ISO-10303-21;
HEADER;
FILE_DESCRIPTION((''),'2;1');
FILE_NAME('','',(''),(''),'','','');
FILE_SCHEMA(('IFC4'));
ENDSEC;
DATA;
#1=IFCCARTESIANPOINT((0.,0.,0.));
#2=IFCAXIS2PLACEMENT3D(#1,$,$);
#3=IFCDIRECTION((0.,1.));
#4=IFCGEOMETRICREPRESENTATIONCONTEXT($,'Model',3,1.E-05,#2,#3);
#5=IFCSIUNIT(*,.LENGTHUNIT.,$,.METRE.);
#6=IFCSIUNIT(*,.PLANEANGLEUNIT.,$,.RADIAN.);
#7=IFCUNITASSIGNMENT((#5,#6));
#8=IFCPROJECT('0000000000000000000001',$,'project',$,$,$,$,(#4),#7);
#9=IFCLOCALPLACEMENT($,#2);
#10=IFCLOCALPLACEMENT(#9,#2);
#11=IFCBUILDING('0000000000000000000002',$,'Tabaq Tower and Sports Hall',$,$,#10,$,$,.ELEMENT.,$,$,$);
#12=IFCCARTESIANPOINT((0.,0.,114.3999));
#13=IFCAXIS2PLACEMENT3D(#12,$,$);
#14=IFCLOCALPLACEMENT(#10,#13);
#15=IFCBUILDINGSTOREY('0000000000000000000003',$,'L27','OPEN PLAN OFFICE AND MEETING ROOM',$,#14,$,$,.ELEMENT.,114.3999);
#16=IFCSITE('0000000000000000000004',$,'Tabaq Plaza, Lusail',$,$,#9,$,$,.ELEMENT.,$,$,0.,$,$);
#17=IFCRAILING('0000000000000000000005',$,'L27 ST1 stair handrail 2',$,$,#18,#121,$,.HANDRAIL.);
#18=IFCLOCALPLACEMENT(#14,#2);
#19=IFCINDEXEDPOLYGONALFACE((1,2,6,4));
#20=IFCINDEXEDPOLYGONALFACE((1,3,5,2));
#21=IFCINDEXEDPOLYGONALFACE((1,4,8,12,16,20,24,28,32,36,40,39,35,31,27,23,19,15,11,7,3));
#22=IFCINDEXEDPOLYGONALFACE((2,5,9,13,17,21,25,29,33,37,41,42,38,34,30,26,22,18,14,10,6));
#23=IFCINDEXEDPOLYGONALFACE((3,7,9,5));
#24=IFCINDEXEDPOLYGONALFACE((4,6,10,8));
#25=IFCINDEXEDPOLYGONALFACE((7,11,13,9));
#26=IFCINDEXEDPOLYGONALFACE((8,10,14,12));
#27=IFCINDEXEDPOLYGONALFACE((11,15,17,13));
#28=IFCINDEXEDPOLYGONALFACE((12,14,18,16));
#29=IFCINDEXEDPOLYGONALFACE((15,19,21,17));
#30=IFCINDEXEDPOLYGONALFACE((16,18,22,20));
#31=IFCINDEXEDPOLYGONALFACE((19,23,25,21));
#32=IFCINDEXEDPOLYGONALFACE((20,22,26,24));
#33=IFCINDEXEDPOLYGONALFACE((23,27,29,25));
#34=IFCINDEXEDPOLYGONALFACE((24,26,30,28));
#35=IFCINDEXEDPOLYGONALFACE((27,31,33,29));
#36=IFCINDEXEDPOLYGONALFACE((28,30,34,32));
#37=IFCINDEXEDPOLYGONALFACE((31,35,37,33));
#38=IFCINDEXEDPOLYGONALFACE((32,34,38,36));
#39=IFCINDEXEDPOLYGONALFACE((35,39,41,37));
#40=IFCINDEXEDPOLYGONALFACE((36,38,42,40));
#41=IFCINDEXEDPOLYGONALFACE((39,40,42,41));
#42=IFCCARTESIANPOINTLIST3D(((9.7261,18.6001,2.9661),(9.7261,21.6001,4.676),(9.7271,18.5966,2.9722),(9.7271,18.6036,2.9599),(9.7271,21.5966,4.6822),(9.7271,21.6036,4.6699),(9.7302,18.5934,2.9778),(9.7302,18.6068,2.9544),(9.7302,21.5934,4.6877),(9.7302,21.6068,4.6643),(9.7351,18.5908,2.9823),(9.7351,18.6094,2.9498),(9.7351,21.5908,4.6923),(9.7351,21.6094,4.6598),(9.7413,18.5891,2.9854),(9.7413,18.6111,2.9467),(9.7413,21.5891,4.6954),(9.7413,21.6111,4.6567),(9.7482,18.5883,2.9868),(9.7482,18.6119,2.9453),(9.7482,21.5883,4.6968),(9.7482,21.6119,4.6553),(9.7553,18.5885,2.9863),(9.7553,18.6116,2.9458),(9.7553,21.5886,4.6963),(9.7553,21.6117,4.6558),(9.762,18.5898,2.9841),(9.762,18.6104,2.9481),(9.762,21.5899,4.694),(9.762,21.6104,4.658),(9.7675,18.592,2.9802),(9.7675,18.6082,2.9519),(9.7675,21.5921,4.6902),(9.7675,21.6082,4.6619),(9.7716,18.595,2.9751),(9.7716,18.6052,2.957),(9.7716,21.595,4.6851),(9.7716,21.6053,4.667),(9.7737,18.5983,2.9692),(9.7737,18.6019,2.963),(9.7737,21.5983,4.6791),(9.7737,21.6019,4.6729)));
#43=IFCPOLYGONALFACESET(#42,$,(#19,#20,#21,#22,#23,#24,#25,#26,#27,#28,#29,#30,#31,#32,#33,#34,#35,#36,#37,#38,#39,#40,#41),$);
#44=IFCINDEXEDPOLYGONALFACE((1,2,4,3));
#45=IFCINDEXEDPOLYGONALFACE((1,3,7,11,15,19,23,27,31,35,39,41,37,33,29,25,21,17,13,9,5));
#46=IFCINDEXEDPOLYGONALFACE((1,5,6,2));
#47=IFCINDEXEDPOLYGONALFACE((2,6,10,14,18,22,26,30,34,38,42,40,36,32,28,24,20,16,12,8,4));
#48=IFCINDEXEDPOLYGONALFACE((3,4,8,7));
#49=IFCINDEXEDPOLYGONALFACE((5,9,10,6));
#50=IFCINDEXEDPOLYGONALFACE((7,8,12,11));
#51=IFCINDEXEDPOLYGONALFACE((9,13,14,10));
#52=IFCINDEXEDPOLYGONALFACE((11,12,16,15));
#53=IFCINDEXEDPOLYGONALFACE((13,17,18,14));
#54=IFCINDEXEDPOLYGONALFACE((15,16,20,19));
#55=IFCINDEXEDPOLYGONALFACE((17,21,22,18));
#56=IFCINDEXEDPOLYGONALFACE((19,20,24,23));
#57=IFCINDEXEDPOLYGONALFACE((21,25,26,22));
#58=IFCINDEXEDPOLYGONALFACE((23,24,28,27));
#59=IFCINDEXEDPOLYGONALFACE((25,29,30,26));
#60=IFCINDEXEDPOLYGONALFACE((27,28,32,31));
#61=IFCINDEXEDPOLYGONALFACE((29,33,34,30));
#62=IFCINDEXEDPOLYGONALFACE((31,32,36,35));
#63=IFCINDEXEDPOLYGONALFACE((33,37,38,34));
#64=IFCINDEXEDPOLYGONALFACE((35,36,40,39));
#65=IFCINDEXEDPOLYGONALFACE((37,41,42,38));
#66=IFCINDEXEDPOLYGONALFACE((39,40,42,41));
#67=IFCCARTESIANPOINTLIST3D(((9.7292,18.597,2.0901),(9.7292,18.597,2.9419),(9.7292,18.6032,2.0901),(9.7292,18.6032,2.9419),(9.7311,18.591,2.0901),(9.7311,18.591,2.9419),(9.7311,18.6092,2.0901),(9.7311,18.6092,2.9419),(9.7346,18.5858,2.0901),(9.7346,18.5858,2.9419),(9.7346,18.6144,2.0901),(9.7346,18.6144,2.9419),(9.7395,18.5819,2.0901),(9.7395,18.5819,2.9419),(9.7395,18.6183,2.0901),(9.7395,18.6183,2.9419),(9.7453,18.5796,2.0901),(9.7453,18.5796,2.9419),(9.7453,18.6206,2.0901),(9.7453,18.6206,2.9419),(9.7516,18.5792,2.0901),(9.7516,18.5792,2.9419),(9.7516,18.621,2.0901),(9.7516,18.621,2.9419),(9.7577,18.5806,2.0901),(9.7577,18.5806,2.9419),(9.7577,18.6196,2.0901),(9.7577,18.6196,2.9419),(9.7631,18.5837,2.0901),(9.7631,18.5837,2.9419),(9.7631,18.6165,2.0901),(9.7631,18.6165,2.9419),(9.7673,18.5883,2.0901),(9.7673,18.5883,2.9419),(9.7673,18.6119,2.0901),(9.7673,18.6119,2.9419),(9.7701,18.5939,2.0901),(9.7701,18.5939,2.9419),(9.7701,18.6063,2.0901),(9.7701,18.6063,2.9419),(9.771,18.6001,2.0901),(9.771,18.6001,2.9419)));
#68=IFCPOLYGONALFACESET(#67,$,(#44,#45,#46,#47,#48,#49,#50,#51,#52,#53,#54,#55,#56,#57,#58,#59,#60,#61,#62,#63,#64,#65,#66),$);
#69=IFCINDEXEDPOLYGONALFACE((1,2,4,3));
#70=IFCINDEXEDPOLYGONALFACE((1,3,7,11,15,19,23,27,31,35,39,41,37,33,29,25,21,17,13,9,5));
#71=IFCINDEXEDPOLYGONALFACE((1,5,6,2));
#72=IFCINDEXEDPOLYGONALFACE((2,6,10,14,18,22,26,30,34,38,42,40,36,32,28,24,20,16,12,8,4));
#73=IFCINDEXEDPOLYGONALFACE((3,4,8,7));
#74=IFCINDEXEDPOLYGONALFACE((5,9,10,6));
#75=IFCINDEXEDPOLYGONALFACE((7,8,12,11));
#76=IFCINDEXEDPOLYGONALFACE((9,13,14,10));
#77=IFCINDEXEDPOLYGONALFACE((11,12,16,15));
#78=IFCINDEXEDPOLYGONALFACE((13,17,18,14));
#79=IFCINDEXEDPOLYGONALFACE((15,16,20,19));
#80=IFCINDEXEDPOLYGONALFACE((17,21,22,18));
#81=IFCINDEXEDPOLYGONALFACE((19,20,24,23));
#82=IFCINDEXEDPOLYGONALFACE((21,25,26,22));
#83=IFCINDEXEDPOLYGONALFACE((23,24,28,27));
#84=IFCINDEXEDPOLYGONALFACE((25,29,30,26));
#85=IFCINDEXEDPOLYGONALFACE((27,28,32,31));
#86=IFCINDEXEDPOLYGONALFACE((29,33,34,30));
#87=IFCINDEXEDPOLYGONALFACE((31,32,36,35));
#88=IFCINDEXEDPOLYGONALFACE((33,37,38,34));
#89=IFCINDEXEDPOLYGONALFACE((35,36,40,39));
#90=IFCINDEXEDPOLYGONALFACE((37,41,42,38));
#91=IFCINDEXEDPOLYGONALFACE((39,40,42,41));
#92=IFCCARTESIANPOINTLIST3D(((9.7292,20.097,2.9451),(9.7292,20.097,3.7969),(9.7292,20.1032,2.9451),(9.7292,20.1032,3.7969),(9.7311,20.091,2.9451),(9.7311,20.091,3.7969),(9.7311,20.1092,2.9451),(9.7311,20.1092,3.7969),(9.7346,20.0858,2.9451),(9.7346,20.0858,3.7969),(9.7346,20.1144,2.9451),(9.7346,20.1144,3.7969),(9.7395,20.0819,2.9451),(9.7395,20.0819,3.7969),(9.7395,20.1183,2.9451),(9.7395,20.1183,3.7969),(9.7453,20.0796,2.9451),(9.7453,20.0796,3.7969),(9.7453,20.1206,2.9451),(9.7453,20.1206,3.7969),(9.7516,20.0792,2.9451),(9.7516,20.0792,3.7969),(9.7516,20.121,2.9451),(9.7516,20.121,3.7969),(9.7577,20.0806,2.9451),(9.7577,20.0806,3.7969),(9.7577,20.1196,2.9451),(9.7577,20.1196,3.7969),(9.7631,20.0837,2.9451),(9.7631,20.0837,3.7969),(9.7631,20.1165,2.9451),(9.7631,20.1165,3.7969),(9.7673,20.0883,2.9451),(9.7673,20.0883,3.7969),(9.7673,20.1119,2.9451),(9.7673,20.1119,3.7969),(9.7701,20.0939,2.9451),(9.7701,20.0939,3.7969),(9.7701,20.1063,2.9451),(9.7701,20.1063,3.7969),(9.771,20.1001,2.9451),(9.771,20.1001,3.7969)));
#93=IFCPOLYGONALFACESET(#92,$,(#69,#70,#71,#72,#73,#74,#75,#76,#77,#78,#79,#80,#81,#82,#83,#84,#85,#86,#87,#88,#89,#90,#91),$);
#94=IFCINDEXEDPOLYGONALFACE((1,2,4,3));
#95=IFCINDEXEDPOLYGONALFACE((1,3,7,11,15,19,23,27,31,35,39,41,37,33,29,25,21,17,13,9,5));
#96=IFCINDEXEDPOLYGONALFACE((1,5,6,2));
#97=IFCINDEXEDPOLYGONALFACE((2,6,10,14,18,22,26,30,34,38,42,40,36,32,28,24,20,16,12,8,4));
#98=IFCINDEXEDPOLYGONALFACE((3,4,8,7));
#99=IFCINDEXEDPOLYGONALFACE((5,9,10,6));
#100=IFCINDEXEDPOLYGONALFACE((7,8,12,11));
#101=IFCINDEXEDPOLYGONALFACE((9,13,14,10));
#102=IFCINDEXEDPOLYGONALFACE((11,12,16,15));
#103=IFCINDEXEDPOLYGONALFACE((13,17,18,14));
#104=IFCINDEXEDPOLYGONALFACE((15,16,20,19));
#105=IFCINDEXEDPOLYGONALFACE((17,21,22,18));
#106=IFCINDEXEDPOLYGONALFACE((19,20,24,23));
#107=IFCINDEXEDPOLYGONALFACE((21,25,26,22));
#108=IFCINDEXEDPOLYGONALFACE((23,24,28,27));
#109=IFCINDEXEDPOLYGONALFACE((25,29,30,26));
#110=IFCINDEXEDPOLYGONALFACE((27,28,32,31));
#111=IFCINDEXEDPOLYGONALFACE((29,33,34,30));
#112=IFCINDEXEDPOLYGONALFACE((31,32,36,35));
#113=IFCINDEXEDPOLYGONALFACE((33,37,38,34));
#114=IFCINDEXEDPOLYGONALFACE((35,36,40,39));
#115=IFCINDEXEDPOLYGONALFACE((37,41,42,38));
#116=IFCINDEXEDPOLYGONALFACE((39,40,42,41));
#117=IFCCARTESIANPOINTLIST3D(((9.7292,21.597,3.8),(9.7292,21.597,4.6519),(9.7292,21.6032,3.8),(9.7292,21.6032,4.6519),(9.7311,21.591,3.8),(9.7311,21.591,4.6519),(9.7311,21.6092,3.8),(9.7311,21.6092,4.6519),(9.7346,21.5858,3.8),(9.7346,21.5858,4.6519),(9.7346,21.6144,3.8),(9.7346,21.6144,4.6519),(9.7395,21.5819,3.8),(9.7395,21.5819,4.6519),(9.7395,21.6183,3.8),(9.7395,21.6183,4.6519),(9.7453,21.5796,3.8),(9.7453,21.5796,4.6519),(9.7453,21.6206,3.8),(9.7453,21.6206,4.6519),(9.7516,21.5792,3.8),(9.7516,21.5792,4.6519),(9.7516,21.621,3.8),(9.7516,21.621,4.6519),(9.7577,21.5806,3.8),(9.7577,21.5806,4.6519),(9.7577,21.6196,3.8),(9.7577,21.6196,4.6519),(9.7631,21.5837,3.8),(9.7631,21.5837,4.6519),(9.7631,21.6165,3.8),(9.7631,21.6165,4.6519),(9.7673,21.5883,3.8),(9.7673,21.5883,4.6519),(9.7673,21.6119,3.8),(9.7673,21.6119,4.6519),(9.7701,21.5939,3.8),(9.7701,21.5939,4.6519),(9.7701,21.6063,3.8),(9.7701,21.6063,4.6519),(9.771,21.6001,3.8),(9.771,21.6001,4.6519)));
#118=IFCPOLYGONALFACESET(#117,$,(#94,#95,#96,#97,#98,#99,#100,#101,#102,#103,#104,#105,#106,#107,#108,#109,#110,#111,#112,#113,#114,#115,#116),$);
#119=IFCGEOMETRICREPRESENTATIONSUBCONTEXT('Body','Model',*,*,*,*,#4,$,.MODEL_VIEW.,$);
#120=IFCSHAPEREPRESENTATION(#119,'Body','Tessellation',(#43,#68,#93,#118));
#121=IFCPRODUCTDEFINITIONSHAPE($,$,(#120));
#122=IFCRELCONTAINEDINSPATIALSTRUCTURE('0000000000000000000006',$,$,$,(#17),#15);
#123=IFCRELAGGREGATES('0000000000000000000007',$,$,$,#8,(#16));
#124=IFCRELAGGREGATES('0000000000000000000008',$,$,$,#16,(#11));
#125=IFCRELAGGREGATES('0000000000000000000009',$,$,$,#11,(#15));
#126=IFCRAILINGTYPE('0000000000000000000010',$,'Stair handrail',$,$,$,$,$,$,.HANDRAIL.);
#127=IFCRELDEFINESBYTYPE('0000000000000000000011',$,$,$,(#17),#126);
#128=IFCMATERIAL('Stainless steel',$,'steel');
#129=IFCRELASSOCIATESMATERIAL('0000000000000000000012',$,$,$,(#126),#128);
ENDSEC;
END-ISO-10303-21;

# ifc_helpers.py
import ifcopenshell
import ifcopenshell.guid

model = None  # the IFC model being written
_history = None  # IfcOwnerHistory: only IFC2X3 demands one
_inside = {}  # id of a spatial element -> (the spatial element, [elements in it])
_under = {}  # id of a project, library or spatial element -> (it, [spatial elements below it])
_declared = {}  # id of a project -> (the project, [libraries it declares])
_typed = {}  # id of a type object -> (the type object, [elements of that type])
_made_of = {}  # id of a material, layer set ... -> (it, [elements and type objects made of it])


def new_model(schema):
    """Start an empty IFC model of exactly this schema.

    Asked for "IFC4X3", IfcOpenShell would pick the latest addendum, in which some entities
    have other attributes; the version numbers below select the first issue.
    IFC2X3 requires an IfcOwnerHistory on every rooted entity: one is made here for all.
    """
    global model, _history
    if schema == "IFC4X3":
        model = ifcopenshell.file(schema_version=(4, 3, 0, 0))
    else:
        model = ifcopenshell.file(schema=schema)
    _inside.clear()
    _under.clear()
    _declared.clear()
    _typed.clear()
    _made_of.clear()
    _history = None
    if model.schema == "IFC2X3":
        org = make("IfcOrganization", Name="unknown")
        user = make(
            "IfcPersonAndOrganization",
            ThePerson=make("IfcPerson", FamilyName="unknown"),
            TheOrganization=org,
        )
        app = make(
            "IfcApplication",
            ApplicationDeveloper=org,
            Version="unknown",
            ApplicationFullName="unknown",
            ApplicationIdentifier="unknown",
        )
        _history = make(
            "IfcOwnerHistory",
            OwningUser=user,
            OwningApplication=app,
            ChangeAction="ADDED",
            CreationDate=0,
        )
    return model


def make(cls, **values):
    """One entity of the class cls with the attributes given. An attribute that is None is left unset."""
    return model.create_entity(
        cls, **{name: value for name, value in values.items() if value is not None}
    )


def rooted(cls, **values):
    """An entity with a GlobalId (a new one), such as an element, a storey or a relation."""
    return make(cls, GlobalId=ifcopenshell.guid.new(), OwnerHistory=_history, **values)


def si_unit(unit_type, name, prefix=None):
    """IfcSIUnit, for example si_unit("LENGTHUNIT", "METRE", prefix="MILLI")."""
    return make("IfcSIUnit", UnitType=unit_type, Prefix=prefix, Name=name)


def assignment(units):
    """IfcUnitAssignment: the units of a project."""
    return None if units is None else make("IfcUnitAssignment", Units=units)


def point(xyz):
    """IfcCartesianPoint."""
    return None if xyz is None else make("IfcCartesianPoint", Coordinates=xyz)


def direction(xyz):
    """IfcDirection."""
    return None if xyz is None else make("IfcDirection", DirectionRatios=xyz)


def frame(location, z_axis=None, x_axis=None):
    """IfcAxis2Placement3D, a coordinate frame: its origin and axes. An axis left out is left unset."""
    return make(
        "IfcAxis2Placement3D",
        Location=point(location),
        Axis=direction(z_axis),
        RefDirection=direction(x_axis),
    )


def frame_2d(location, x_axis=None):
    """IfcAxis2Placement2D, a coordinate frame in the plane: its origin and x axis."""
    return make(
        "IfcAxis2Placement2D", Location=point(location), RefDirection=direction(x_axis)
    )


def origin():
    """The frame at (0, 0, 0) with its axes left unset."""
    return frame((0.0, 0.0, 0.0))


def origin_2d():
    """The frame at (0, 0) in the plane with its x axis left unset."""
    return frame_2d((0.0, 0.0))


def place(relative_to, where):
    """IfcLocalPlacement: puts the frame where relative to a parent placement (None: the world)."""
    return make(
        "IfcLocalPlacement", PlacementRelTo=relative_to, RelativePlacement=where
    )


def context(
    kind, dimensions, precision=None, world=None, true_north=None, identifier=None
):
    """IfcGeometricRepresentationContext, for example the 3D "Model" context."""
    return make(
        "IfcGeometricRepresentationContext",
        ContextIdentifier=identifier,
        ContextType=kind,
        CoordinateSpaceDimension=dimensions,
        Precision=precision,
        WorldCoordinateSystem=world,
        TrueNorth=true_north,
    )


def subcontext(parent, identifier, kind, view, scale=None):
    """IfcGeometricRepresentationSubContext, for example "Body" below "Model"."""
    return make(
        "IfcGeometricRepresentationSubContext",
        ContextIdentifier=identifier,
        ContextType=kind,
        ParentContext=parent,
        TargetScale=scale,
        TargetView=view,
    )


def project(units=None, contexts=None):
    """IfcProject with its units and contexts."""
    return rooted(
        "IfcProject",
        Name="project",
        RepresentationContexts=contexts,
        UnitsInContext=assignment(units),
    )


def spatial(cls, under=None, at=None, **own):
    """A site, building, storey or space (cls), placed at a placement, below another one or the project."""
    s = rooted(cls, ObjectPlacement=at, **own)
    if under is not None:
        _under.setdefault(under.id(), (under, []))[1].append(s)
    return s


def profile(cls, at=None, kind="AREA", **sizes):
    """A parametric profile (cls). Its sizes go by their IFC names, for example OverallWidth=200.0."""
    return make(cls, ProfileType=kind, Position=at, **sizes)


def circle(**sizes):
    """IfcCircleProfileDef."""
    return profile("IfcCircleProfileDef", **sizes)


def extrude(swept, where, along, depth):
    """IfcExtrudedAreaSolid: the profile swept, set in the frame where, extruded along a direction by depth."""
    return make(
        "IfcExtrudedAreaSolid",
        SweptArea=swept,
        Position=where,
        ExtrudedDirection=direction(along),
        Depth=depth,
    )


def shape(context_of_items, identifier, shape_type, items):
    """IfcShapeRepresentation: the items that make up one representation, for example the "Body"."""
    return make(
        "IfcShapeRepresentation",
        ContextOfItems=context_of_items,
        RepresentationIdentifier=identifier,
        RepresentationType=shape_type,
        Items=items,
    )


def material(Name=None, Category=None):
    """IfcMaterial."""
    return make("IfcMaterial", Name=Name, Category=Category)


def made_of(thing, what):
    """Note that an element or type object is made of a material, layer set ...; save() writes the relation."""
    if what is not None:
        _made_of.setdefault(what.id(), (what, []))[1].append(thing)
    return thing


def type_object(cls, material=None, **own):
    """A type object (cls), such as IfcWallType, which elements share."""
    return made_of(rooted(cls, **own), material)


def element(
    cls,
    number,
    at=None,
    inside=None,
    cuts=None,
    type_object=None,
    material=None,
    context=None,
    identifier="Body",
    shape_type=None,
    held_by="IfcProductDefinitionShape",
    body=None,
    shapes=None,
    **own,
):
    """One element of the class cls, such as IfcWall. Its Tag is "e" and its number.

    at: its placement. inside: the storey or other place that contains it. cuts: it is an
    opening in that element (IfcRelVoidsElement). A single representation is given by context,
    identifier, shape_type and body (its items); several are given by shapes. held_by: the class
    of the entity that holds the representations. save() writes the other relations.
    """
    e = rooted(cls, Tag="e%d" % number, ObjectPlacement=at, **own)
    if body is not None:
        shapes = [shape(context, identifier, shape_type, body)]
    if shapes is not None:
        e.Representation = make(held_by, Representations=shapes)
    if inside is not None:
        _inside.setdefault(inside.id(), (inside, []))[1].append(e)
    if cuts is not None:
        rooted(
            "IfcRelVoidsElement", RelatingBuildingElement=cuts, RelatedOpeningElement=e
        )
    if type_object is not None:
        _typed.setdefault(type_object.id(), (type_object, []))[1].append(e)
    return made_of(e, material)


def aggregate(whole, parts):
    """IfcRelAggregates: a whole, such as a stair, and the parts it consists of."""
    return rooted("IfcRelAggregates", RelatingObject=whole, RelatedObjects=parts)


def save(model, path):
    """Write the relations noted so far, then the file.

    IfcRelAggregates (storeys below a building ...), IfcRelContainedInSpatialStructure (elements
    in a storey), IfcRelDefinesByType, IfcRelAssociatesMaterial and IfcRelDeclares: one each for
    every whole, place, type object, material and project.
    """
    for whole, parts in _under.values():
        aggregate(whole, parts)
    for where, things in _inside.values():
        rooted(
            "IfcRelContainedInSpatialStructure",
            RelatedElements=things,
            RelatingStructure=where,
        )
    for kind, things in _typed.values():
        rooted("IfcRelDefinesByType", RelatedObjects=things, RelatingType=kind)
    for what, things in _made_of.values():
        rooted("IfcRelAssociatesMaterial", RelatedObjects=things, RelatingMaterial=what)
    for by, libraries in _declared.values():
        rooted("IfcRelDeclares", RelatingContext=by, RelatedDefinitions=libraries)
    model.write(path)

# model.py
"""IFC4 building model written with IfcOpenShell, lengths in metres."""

from ifc_helpers import new_model, si_unit, direction, frame, origin, origin_2d, place, context, subcontext, project, spatial, circle, extrude, material, type_object, element, save


model = new_model("IFC4")

# Units and contexts
model_context = context("Model", 3, precision=1e-05, world=origin(), true_north=direction((0.0, 1.0)))
body_context = subcontext(model_context, "Body", "Model", "MODEL_VIEW")
ifc_project = project(units=[si_unit("LENGTHUNIT", "METRE"), si_unit("PLANEANGLEUNIT", "RADIAN")], contexts=[model_context])

# Site, building, storey
site_placement = place(None, origin())
site = spatial("IfcSite", under=ifc_project, at=site_placement, Name="Tabaq Plaza, Lusail", CompositionType="ELEMENT", RefElevation=0.0)
building_placement = place(site_placement, origin())
building = spatial("IfcBuilding", under=site, at=building_placement, Name="Tabaq Tower and Sports Hall", CompositionType="ELEMENT")
storey_placement = place(building_placement, frame((0.0, 0.0, 114.3999)))
storey = spatial("IfcBuildingStorey", under=building, at=storey_placement, Name="L27", Description="OPEN PLAN OFFICE AND MEETING ROOM", CompositionType="ELEMENT", Elevation=114.3999)

# Railing
ifc_material_1 = material(Name="Stainless steel", Category="steel")
railing_type = type_object("IfcRailingType", Name="Stair handrail", PredefinedType="HANDRAIL", material=ifc_material_1)
railing_placement = place(storey_placement, frame((9.75, 18.6001, 2.0901)))
element("IfcRailing", 1, at=railing_placement, inside=storey, type_object=railing_type, Name="L27 ST1 stair handrail 2", PredefinedType="HANDRAIL", context=body_context, shape_type="SweptSolid", body=[
    extrude(circle(Radius=0.0239, at=origin_2d()), frame((0.0, 0.0, 0.876), z_axis=(0.0, 0.868782, 0.495195), x_axis=(-1.0, 0.0, 0.0)), (0.0, 0.0, 1.0), 3.4531),
    extrude(circle(Radius=0.021, at=origin_2d()), origin(), (0.0, 0.0, 1.0), 0.8518),
    extrude(circle(Radius=0.021, at=origin_2d()), frame((0.0, 1.5, 0.855)), (0.0, 0.0, 1.0), 0.8518),
    extrude(circle(Radius=0.021, at=origin_2d()), frame((0.0, 3.0, 1.71)), (0.0, 0.0, 1.0), 0.8518),
])

save(model, "model.ifc")
